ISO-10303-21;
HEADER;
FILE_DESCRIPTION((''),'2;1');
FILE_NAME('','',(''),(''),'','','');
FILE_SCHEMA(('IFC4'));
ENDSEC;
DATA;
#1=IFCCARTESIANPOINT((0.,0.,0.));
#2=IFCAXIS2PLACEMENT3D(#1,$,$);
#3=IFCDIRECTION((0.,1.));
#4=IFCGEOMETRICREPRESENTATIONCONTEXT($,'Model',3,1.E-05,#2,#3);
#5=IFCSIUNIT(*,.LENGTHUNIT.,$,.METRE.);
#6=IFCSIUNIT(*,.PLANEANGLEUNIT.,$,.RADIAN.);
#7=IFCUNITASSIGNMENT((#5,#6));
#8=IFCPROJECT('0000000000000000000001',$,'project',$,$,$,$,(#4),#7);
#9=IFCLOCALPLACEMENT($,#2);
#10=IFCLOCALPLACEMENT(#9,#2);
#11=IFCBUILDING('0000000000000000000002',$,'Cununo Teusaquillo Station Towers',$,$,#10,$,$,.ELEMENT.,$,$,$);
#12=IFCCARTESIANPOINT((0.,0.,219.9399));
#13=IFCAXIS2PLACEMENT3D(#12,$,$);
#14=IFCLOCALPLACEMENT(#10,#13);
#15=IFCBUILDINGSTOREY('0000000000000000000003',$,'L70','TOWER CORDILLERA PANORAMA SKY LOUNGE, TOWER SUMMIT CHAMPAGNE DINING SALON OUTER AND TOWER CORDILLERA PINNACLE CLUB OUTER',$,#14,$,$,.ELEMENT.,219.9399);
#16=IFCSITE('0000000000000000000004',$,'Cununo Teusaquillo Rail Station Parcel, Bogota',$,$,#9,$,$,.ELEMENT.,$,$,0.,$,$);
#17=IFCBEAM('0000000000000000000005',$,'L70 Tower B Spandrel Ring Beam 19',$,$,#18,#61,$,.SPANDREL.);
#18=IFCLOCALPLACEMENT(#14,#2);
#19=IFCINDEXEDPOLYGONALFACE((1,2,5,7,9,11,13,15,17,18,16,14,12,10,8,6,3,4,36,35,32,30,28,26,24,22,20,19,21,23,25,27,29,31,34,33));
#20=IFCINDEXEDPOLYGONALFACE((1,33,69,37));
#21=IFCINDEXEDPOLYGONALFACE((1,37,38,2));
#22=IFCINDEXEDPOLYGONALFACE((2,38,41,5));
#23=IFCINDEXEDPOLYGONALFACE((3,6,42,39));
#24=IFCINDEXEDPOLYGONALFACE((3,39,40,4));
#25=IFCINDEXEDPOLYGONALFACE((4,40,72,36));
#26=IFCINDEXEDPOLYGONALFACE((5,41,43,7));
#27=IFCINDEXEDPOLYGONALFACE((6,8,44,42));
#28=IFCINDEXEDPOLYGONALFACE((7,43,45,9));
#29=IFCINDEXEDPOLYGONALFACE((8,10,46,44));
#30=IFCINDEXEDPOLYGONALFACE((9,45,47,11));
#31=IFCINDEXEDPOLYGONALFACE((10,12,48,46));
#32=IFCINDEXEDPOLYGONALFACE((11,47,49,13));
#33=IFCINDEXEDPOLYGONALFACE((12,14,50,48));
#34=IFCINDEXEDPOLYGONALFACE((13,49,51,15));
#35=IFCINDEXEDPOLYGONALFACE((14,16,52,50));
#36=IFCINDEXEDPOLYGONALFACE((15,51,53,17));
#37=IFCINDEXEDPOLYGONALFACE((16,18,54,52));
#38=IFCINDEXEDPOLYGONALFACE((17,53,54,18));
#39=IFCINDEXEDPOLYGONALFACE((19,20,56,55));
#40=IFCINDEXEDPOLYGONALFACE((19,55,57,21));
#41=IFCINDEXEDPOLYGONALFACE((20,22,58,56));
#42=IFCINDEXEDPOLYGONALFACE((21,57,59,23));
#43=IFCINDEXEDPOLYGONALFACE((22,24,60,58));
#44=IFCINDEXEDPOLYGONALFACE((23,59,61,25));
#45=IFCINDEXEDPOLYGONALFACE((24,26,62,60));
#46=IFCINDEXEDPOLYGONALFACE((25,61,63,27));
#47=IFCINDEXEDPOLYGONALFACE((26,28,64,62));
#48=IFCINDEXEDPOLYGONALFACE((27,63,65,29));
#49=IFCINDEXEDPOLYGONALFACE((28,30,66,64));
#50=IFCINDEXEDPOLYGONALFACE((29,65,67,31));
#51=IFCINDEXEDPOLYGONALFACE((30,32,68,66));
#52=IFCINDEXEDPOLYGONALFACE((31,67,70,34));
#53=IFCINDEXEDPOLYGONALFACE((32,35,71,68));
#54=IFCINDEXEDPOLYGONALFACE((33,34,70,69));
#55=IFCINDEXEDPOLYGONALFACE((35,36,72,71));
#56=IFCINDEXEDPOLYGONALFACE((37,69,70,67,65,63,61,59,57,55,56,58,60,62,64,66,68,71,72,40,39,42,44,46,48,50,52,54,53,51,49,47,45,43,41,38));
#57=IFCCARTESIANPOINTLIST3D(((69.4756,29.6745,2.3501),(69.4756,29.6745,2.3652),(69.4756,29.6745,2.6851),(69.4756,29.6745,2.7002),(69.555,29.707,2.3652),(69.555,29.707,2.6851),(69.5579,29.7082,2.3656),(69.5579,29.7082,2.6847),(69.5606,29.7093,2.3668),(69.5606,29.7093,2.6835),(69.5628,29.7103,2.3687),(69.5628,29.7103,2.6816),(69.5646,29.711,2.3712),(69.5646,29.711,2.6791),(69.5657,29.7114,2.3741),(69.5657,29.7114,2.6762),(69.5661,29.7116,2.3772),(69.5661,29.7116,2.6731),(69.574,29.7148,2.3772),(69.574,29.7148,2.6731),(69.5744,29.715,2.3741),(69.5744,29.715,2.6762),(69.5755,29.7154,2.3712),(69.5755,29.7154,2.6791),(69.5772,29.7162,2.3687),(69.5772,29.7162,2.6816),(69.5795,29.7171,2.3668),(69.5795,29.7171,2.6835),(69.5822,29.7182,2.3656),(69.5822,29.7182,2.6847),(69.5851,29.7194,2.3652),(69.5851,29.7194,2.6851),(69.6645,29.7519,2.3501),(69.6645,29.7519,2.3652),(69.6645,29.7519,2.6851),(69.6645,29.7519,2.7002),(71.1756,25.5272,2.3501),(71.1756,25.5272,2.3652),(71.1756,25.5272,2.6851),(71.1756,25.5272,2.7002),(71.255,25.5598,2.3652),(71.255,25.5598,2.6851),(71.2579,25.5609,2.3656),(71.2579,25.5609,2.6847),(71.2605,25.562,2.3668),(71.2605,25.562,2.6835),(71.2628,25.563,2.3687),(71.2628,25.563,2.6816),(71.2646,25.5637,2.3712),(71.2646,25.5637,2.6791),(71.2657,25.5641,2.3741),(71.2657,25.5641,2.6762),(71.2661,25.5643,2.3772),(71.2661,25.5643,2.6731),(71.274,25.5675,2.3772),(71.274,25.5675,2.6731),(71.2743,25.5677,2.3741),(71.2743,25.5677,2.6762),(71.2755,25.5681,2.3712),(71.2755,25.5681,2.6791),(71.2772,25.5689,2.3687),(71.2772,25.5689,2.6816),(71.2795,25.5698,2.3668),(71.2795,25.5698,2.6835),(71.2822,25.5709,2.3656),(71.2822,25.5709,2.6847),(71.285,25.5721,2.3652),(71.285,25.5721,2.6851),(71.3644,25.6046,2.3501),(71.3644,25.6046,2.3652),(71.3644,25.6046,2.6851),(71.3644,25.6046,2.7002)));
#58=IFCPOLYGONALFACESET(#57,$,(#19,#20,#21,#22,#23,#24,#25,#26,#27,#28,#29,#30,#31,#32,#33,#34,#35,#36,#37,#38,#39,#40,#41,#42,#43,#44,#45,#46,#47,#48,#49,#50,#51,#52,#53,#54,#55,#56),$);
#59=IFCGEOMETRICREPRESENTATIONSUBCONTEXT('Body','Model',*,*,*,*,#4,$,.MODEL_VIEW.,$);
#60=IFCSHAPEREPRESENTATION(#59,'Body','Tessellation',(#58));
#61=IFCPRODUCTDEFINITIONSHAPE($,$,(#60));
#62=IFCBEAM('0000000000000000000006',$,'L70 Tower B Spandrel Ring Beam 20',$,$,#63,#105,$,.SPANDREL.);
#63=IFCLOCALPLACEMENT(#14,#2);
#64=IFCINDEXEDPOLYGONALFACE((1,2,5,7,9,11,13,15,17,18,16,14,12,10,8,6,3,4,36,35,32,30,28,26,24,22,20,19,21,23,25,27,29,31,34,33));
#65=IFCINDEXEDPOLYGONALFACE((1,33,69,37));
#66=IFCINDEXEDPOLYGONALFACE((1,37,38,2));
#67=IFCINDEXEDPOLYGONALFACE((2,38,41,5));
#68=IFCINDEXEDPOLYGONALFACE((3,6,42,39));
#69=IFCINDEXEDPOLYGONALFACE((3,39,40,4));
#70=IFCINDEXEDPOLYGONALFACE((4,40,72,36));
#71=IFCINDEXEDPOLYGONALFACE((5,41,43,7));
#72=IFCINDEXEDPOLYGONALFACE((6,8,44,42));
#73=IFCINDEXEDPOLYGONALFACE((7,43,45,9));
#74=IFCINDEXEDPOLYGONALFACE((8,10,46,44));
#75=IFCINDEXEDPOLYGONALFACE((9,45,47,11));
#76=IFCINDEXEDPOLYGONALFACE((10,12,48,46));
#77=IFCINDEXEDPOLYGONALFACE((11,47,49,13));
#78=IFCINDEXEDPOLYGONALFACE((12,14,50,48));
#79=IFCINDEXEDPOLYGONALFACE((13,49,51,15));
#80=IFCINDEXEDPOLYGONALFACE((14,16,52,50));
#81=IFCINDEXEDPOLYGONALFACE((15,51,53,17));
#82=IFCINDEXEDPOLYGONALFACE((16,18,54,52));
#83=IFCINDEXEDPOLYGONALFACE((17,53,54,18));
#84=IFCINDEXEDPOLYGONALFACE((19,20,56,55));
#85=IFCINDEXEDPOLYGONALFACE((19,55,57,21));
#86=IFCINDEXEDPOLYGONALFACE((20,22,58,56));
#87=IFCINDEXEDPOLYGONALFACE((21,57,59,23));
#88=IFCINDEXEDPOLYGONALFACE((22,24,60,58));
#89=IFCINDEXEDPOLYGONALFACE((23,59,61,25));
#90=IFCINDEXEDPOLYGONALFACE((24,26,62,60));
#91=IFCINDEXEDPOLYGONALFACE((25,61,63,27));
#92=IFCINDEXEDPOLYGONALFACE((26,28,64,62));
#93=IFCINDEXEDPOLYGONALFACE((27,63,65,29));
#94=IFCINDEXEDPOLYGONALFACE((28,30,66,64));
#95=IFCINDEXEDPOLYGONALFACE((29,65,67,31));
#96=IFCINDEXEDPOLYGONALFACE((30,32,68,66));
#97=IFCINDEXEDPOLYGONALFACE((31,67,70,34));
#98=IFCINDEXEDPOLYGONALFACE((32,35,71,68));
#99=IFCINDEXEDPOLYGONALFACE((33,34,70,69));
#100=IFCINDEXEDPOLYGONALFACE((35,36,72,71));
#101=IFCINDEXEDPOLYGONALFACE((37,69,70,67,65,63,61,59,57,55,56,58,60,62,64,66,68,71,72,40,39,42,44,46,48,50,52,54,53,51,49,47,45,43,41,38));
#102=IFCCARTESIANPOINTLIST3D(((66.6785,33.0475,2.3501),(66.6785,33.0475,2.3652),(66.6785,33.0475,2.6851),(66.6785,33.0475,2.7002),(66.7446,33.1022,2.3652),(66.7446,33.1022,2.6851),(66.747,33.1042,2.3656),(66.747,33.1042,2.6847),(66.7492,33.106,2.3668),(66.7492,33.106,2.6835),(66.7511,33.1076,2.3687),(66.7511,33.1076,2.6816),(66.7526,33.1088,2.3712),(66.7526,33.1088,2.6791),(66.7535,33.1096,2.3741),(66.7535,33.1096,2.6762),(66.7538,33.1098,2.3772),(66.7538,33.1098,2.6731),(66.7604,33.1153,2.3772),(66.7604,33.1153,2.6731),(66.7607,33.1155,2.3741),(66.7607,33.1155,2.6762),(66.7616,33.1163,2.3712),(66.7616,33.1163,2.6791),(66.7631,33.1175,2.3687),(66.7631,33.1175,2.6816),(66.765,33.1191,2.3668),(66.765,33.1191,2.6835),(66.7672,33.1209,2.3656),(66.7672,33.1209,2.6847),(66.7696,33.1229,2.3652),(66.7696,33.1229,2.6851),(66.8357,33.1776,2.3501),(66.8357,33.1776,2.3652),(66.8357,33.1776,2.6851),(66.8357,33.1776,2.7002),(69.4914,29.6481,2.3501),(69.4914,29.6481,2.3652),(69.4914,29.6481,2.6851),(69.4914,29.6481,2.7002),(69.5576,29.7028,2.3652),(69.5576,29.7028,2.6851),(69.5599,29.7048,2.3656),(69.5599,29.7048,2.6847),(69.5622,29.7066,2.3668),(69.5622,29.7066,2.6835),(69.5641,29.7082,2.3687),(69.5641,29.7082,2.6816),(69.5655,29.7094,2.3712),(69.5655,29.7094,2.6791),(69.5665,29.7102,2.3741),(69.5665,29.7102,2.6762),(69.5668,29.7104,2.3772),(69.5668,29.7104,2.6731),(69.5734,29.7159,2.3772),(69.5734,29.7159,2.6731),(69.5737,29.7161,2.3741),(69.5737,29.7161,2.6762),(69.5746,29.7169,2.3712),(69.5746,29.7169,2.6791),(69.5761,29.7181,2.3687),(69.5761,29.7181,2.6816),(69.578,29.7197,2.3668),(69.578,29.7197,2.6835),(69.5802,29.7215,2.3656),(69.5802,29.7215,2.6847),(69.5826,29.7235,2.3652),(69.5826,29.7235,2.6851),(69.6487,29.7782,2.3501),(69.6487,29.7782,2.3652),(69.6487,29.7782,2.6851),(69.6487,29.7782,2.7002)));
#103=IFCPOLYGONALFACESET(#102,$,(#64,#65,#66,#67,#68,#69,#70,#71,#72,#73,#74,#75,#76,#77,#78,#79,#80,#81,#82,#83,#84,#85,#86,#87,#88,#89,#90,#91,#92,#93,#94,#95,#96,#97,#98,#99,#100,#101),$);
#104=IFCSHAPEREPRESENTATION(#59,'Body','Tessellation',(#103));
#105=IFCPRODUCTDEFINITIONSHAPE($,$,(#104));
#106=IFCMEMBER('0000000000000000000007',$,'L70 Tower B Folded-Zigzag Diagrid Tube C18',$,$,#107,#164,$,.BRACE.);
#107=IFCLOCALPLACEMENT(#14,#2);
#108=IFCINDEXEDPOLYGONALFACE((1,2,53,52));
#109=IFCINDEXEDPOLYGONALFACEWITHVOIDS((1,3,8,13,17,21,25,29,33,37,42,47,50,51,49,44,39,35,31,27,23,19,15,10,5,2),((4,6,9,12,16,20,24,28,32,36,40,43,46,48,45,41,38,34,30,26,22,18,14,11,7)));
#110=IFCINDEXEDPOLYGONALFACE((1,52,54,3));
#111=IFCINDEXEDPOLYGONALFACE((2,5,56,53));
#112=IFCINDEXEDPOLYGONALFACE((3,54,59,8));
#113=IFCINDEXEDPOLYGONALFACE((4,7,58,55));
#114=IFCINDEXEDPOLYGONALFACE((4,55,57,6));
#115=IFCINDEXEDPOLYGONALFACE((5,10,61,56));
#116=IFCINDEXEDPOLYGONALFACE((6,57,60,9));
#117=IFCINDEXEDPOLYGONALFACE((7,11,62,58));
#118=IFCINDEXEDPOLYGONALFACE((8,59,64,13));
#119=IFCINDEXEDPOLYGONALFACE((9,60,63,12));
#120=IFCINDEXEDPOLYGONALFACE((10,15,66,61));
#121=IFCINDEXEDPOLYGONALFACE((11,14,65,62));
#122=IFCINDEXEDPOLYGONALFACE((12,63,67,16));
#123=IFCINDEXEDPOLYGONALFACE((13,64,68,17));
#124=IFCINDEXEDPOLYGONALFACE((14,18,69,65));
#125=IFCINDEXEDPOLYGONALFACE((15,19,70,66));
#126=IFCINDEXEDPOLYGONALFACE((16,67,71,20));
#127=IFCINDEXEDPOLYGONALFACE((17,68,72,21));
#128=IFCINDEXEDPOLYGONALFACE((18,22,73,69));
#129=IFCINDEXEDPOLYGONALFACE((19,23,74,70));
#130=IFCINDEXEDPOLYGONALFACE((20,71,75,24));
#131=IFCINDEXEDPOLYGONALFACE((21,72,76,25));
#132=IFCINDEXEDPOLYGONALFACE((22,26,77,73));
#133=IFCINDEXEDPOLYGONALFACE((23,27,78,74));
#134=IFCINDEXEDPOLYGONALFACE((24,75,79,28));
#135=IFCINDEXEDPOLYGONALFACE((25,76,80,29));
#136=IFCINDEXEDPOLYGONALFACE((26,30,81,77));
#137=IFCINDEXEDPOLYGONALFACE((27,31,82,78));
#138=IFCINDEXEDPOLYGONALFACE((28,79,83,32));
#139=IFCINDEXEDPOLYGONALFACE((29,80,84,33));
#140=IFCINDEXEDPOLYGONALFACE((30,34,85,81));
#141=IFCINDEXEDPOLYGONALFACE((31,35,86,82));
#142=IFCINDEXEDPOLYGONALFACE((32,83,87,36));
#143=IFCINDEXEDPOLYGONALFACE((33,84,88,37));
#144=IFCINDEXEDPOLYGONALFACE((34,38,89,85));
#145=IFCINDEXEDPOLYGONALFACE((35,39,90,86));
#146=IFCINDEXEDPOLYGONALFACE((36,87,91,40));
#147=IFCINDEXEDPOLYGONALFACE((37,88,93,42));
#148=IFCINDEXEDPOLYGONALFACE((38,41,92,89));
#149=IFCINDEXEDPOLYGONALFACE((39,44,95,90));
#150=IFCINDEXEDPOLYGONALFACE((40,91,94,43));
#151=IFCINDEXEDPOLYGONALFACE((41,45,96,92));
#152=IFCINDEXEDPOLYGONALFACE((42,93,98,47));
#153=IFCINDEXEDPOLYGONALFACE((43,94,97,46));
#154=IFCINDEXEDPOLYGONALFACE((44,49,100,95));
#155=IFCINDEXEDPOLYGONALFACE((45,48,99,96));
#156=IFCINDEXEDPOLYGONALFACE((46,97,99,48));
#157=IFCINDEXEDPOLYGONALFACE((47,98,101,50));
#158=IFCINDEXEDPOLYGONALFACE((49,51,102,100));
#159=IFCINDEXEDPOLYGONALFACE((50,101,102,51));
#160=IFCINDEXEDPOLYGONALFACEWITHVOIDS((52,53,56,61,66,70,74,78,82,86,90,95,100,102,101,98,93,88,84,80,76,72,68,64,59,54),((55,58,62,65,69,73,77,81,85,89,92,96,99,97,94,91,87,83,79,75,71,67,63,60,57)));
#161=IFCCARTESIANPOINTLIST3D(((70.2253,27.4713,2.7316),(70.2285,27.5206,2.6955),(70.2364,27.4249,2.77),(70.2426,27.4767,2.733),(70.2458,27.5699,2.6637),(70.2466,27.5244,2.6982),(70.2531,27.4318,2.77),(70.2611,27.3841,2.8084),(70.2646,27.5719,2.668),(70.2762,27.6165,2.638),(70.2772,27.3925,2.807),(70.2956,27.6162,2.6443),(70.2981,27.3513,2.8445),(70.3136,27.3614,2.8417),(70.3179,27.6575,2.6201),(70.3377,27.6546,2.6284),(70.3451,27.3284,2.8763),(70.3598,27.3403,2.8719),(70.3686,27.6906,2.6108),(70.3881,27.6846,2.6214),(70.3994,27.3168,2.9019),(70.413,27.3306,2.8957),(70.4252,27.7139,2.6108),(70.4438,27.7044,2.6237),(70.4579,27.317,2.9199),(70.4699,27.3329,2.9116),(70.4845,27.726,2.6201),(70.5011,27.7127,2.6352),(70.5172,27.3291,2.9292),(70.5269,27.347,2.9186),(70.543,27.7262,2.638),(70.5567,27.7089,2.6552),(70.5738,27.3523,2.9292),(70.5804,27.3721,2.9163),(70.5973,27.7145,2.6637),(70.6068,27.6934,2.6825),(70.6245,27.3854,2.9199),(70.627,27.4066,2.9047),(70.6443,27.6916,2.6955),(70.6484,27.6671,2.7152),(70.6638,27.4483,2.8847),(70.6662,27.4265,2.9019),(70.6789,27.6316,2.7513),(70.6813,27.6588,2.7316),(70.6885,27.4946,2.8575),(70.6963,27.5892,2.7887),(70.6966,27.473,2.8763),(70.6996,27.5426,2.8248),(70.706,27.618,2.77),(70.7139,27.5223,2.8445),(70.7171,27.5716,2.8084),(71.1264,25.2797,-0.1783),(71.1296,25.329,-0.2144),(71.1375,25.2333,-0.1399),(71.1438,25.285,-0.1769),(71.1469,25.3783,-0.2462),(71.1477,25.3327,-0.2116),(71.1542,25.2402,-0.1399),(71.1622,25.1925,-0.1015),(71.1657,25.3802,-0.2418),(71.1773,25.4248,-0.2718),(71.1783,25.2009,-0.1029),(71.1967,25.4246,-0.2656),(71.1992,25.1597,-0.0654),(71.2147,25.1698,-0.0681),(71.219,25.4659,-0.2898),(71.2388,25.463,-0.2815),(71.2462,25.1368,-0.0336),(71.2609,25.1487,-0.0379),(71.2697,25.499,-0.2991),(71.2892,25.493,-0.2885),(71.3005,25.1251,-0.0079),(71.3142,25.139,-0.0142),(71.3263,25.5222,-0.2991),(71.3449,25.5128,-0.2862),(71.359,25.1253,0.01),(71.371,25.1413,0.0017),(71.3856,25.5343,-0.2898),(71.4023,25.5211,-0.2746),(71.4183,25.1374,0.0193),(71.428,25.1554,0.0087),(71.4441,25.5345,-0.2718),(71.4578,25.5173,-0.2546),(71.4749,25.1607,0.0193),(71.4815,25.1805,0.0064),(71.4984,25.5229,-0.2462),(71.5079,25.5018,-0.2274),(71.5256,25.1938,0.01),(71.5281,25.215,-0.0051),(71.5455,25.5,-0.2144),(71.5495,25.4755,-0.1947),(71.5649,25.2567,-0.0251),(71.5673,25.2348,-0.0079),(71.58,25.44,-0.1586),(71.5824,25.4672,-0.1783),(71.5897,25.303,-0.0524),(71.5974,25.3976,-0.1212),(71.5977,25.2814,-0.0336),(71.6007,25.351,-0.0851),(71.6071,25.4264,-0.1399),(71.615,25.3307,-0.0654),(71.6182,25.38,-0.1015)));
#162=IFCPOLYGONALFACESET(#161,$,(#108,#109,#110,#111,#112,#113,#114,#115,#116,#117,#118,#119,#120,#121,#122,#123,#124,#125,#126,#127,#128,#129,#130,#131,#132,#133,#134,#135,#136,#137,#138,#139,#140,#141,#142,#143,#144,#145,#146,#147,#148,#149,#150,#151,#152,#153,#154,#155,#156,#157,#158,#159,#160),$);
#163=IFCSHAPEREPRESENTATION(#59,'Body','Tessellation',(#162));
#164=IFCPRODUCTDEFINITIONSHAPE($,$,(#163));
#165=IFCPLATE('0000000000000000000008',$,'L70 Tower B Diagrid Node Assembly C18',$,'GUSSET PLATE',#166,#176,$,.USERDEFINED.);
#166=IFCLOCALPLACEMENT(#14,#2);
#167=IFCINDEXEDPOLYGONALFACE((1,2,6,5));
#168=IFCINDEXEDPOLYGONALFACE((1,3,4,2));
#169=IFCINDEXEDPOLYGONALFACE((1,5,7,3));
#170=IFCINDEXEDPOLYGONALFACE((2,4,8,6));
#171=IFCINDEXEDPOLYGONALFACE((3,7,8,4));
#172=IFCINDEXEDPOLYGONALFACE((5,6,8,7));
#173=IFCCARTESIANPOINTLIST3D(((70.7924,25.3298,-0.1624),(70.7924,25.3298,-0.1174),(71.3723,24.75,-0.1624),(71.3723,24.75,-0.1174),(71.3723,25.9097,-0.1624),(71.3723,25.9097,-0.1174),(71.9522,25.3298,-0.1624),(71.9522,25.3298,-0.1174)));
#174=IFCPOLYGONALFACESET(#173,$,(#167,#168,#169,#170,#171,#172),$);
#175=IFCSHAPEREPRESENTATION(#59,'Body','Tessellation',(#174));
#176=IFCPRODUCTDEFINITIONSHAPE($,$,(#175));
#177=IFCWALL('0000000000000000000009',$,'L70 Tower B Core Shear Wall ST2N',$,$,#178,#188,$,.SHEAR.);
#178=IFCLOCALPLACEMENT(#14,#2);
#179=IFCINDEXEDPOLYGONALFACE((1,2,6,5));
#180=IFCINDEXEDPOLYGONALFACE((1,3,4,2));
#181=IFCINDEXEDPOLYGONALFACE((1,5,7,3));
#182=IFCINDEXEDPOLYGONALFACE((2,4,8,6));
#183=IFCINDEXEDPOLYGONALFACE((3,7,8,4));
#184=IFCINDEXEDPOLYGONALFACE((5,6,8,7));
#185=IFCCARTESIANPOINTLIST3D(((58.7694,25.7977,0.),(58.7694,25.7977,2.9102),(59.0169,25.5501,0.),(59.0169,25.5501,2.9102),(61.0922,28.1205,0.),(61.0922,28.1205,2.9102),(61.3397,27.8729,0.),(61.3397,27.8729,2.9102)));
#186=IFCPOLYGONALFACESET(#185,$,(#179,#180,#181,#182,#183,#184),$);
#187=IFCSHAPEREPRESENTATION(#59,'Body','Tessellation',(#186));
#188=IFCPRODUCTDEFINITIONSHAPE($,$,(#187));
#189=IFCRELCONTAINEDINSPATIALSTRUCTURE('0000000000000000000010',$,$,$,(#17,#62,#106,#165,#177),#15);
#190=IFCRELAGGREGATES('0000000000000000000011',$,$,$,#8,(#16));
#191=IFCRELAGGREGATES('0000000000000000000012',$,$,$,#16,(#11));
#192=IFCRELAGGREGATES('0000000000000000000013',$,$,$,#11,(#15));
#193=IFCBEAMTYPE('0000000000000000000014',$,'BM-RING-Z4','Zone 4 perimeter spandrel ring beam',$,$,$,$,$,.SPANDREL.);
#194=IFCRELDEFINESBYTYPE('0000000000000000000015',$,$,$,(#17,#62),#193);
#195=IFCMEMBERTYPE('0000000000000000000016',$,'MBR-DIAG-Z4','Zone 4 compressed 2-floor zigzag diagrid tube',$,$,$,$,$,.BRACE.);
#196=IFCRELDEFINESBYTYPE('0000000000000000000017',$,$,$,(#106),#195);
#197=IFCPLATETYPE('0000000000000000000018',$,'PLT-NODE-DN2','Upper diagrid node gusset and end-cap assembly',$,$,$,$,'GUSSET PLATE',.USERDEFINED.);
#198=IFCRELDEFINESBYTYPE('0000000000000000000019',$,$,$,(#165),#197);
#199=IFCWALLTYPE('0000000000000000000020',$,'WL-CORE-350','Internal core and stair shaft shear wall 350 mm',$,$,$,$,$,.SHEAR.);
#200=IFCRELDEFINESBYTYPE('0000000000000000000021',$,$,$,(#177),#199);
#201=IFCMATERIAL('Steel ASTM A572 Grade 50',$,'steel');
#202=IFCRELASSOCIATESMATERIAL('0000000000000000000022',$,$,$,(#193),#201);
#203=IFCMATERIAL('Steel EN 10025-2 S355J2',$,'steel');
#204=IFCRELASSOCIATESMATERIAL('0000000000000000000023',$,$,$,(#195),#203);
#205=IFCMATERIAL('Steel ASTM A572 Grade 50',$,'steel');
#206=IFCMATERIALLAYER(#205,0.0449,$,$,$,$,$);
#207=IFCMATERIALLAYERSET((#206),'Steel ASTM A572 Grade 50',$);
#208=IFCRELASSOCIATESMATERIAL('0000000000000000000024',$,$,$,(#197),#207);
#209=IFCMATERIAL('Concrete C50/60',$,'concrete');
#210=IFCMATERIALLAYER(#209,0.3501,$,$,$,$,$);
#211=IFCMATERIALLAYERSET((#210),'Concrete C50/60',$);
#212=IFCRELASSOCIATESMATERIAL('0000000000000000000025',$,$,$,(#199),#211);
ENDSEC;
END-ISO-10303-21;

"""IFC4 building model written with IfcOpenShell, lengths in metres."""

from ifc_helpers import new_model, si_unit, direction, frame, frame_2d, origin, origin_2d, place, context, subcontext, project, spatial, rectangle, hollow_circle, i_section, extrude, source, transform, mapped, material, layer, layer_set, material_profile, profile_set, type_object, element, save


model = new_model("IFC4")

# Units and contexts
model_context = context("Model", 3, precision=1e-05, world=origin(), true_north=direction((0.0, 1.0)))
body_context = subcontext(model_context, "Body", "Model", "MODEL_VIEW")
ifc_project = project(units=[si_unit("LENGTHUNIT", "METRE"), si_unit("PLANEANGLEUNIT", "RADIAN")], contexts=[model_context])

# Site, building, storey
site_placement = place(None, origin())
site = spatial("IfcSite", under=ifc_project, at=site_placement, Name="Cununo Teusaquillo Rail Station Parcel, Bogota", CompositionType="ELEMENT", RefElevation=0.0)
building_placement = place(site_placement, origin())
building = spatial("IfcBuilding", under=site, at=building_placement, Name="Cununo Teusaquillo Station Towers", CompositionType="ELEMENT")
storey_placement = place(building_placement, frame((0.0, 0.0, 219.9399)))
storey = spatial("IfcBuildingStorey", under=building, at=storey_placement, Name="L70", Description="TOWER CORDILLERA PANORAMA SKY LOUNGE, TOWER SUMMIT CHAMPAGNE DINING SALON OUTER AND TOWER CORDILLERA PINNACLE CLUB OUTER", CompositionType="ELEMENT", Elevation=219.9399)

# Beams
ifc_material_1 = material(Name="Steel ASTM A572 Grade 50", Category="steel")
ifc_material_profile_1 = material_profile(ifc_material_1, i_section(OverallWidth=0.2041, OverallDepth=0.3501, WebThickness=0.0085, FlangeThickness=0.0151, FilletRadius=0.012, at=origin_2d()), Name="W14X48")
ifc_profile_set_1 = profile_set([ifc_material_profile_1], Name="Steel ASTM A572 Grade 50")
beam_type_1 = type_object("IfcBeamType", Name="BM-RING-Z4", Description="Zone 4 perimeter spandrel ring beam", PredefinedType="SPANDREL", material=ifc_profile_set_1)
beam_1_placement = place(storey_placement, frame((71.27, 25.5659, 2.5251), z_axis=(-0.379275, 0.925284, 0.0), x_axis=(-0.925284, -0.379275, 0.0)))
element("IfcBeam", 1, at=beam_1_placement, inside=storey, type_object=beam_type_1, Name="L70 Tower B Spandrel Ring Beam 19", PredefinedType="SPANDREL", context=body_context, shape_type="SweptSolid", body=[
    extrude(i_section(OverallWidth=0.2041, OverallDepth=0.3501, WebThickness=0.0085, FlangeThickness=0.0151, FilletRadius=0.012, at=origin_2d()), origin(), (0.0, 0.0, 1.0), 4.4822),
])
beam_2_placement = place(storey_placement, frame((69.5701, 29.7131, 2.5251), z_axis=(-0.637525, 0.77043, 0.0), x_axis=(-0.77043, -0.637525, 0.0)))
element("IfcBeam", 2, at=beam_2_placement, inside=storey, type_object=beam_type_1, Name="L70 Tower B Spandrel Ring Beam 20", PredefinedType="SPANDREL", context=body_context, shape_type="SweptSolid", body=[
    extrude(i_section(OverallWidth=0.2041, OverallDepth=0.3501, WebThickness=0.0085, FlangeThickness=0.0151, FilletRadius=0.012, at=origin_2d()), origin(), (0.0, 0.0, 1.0), 4.4124),
])

# Member
ifc_material_2 = material(Name="Steel EN 10025-2 S355J2", Category="steel")
ifc_material_profile_2 = material_profile(ifc_material_2, hollow_circle(Radius=0.2539, WallThickness=0.0181, at=origin_2d()), Name="CHS 508x18")
ifc_profile_set_2 = profile_set([ifc_material_profile_2], Name="Steel EN 10025-2 S355J2")
member_type = type_object("IfcMemberType", Name="MBR-DIAG-Z4", Description="Zone 4 compressed 2-floor zigzag diagrid tube", PredefinedType="BRACE", material=ifc_profile_set_2)
member_placement = place(storey_placement, frame((71.3723, 25.3298, -0.1399), z_axis=(-0.240125, 0.584016, 0.775413), x_axis=(-0.924874, -0.380273, 0.0)))
element("IfcMember", 3, at=member_placement, inside=storey, type_object=member_type, Name="L70 Tower B Folded-Zigzag Diagrid Tube C18", PredefinedType="BRACE", context=body_context, shape_type="SweptSolid", body=[
    extrude(hollow_circle(Radius=0.2539, WallThickness=0.0181, at=origin_2d()), origin(), (0.0, 0.0, 1.0), 3.7527),
])

# Plate
ifc_material_3 = material(Name="Steel ASTM A572 Grade 50", Category="steel")
ifc_layer_1 = layer(ifc_material_3, 0.0449)
ifc_layer_set_1 = layer_set([ifc_layer_1], Name="Steel ASTM A572 Grade 50")
plate_type = type_object("IfcPlateType", Name="PLT-NODE-DN2", Description="Upper diagrid node gusset and end-cap assembly", ElementType="GUSSET PLATE", PredefinedType="USERDEFINED", material=ifc_layer_set_1)
shared_shape_1 = source(origin(), body_context, "Body", "SweptSolid", [
    extrude(rectangle(XDim=0.8201, YDim=0.8201, at=origin_2d()), origin(), (0.0, 0.0, 1.0), 0.0449),
])
plate_placement = place(storey_placement, frame((71.3723, 25.3298, -0.1624), z_axis=(0.0, 0.0, 1.0), x_axis=(0.707107, 0.707107, 0.0)))
element("IfcPlate", 4, at=plate_placement, inside=storey, type_object=plate_type, Name="L70 Tower B Diagrid Node Assembly C18", ObjectType="GUSSET PLATE", PredefinedType="USERDEFINED", context=body_context, shape_type="MappedRepresentation", body=[
    mapped(shared_shape_1, transform((0.0, 0.0, 0.0), x_axis=(1.0, 0.0, 0.0), y_axis=(0.0, 1.0, 0.0), z_axis=(0.0, 0.0, 1.0), scale=1.0)),
])

# Wall
ifc_material_4 = material(Name="Concrete C50/60", Category="concrete")
ifc_layer_2 = layer(ifc_material_4, 0.3501)
ifc_layer_set_2 = layer_set([ifc_layer_2], Name="Concrete C50/60")
wall_type_1 = type_object("IfcWallType", Name="WL-CORE-350", Description="Internal core and stair shaft shear wall 350 mm", PredefinedType="SHEAR", material=ifc_layer_set_2)
wall_1_placement = place(storey_placement, frame((58.8931, 25.6738, 0.0), z_axis=(0.0, 0.0, 1.0), x_axis=(0.707107, 0.707107, 0.0)))
element("IfcWall", 5, at=wall_1_placement, inside=storey, type_object=wall_type_1, Name="L70 Tower B Core Shear Wall ST2N", PredefinedType="SHEAR", context=body_context, shape_type="SweptSolid", body=[
    extrude(rectangle(XDim=3.2849, YDim=0.3501, at=frame_2d((1.6426, 0.0))), origin(), (0.0, 0.0, 1.0), 2.9102),
])

save(model, "model.ifc")
